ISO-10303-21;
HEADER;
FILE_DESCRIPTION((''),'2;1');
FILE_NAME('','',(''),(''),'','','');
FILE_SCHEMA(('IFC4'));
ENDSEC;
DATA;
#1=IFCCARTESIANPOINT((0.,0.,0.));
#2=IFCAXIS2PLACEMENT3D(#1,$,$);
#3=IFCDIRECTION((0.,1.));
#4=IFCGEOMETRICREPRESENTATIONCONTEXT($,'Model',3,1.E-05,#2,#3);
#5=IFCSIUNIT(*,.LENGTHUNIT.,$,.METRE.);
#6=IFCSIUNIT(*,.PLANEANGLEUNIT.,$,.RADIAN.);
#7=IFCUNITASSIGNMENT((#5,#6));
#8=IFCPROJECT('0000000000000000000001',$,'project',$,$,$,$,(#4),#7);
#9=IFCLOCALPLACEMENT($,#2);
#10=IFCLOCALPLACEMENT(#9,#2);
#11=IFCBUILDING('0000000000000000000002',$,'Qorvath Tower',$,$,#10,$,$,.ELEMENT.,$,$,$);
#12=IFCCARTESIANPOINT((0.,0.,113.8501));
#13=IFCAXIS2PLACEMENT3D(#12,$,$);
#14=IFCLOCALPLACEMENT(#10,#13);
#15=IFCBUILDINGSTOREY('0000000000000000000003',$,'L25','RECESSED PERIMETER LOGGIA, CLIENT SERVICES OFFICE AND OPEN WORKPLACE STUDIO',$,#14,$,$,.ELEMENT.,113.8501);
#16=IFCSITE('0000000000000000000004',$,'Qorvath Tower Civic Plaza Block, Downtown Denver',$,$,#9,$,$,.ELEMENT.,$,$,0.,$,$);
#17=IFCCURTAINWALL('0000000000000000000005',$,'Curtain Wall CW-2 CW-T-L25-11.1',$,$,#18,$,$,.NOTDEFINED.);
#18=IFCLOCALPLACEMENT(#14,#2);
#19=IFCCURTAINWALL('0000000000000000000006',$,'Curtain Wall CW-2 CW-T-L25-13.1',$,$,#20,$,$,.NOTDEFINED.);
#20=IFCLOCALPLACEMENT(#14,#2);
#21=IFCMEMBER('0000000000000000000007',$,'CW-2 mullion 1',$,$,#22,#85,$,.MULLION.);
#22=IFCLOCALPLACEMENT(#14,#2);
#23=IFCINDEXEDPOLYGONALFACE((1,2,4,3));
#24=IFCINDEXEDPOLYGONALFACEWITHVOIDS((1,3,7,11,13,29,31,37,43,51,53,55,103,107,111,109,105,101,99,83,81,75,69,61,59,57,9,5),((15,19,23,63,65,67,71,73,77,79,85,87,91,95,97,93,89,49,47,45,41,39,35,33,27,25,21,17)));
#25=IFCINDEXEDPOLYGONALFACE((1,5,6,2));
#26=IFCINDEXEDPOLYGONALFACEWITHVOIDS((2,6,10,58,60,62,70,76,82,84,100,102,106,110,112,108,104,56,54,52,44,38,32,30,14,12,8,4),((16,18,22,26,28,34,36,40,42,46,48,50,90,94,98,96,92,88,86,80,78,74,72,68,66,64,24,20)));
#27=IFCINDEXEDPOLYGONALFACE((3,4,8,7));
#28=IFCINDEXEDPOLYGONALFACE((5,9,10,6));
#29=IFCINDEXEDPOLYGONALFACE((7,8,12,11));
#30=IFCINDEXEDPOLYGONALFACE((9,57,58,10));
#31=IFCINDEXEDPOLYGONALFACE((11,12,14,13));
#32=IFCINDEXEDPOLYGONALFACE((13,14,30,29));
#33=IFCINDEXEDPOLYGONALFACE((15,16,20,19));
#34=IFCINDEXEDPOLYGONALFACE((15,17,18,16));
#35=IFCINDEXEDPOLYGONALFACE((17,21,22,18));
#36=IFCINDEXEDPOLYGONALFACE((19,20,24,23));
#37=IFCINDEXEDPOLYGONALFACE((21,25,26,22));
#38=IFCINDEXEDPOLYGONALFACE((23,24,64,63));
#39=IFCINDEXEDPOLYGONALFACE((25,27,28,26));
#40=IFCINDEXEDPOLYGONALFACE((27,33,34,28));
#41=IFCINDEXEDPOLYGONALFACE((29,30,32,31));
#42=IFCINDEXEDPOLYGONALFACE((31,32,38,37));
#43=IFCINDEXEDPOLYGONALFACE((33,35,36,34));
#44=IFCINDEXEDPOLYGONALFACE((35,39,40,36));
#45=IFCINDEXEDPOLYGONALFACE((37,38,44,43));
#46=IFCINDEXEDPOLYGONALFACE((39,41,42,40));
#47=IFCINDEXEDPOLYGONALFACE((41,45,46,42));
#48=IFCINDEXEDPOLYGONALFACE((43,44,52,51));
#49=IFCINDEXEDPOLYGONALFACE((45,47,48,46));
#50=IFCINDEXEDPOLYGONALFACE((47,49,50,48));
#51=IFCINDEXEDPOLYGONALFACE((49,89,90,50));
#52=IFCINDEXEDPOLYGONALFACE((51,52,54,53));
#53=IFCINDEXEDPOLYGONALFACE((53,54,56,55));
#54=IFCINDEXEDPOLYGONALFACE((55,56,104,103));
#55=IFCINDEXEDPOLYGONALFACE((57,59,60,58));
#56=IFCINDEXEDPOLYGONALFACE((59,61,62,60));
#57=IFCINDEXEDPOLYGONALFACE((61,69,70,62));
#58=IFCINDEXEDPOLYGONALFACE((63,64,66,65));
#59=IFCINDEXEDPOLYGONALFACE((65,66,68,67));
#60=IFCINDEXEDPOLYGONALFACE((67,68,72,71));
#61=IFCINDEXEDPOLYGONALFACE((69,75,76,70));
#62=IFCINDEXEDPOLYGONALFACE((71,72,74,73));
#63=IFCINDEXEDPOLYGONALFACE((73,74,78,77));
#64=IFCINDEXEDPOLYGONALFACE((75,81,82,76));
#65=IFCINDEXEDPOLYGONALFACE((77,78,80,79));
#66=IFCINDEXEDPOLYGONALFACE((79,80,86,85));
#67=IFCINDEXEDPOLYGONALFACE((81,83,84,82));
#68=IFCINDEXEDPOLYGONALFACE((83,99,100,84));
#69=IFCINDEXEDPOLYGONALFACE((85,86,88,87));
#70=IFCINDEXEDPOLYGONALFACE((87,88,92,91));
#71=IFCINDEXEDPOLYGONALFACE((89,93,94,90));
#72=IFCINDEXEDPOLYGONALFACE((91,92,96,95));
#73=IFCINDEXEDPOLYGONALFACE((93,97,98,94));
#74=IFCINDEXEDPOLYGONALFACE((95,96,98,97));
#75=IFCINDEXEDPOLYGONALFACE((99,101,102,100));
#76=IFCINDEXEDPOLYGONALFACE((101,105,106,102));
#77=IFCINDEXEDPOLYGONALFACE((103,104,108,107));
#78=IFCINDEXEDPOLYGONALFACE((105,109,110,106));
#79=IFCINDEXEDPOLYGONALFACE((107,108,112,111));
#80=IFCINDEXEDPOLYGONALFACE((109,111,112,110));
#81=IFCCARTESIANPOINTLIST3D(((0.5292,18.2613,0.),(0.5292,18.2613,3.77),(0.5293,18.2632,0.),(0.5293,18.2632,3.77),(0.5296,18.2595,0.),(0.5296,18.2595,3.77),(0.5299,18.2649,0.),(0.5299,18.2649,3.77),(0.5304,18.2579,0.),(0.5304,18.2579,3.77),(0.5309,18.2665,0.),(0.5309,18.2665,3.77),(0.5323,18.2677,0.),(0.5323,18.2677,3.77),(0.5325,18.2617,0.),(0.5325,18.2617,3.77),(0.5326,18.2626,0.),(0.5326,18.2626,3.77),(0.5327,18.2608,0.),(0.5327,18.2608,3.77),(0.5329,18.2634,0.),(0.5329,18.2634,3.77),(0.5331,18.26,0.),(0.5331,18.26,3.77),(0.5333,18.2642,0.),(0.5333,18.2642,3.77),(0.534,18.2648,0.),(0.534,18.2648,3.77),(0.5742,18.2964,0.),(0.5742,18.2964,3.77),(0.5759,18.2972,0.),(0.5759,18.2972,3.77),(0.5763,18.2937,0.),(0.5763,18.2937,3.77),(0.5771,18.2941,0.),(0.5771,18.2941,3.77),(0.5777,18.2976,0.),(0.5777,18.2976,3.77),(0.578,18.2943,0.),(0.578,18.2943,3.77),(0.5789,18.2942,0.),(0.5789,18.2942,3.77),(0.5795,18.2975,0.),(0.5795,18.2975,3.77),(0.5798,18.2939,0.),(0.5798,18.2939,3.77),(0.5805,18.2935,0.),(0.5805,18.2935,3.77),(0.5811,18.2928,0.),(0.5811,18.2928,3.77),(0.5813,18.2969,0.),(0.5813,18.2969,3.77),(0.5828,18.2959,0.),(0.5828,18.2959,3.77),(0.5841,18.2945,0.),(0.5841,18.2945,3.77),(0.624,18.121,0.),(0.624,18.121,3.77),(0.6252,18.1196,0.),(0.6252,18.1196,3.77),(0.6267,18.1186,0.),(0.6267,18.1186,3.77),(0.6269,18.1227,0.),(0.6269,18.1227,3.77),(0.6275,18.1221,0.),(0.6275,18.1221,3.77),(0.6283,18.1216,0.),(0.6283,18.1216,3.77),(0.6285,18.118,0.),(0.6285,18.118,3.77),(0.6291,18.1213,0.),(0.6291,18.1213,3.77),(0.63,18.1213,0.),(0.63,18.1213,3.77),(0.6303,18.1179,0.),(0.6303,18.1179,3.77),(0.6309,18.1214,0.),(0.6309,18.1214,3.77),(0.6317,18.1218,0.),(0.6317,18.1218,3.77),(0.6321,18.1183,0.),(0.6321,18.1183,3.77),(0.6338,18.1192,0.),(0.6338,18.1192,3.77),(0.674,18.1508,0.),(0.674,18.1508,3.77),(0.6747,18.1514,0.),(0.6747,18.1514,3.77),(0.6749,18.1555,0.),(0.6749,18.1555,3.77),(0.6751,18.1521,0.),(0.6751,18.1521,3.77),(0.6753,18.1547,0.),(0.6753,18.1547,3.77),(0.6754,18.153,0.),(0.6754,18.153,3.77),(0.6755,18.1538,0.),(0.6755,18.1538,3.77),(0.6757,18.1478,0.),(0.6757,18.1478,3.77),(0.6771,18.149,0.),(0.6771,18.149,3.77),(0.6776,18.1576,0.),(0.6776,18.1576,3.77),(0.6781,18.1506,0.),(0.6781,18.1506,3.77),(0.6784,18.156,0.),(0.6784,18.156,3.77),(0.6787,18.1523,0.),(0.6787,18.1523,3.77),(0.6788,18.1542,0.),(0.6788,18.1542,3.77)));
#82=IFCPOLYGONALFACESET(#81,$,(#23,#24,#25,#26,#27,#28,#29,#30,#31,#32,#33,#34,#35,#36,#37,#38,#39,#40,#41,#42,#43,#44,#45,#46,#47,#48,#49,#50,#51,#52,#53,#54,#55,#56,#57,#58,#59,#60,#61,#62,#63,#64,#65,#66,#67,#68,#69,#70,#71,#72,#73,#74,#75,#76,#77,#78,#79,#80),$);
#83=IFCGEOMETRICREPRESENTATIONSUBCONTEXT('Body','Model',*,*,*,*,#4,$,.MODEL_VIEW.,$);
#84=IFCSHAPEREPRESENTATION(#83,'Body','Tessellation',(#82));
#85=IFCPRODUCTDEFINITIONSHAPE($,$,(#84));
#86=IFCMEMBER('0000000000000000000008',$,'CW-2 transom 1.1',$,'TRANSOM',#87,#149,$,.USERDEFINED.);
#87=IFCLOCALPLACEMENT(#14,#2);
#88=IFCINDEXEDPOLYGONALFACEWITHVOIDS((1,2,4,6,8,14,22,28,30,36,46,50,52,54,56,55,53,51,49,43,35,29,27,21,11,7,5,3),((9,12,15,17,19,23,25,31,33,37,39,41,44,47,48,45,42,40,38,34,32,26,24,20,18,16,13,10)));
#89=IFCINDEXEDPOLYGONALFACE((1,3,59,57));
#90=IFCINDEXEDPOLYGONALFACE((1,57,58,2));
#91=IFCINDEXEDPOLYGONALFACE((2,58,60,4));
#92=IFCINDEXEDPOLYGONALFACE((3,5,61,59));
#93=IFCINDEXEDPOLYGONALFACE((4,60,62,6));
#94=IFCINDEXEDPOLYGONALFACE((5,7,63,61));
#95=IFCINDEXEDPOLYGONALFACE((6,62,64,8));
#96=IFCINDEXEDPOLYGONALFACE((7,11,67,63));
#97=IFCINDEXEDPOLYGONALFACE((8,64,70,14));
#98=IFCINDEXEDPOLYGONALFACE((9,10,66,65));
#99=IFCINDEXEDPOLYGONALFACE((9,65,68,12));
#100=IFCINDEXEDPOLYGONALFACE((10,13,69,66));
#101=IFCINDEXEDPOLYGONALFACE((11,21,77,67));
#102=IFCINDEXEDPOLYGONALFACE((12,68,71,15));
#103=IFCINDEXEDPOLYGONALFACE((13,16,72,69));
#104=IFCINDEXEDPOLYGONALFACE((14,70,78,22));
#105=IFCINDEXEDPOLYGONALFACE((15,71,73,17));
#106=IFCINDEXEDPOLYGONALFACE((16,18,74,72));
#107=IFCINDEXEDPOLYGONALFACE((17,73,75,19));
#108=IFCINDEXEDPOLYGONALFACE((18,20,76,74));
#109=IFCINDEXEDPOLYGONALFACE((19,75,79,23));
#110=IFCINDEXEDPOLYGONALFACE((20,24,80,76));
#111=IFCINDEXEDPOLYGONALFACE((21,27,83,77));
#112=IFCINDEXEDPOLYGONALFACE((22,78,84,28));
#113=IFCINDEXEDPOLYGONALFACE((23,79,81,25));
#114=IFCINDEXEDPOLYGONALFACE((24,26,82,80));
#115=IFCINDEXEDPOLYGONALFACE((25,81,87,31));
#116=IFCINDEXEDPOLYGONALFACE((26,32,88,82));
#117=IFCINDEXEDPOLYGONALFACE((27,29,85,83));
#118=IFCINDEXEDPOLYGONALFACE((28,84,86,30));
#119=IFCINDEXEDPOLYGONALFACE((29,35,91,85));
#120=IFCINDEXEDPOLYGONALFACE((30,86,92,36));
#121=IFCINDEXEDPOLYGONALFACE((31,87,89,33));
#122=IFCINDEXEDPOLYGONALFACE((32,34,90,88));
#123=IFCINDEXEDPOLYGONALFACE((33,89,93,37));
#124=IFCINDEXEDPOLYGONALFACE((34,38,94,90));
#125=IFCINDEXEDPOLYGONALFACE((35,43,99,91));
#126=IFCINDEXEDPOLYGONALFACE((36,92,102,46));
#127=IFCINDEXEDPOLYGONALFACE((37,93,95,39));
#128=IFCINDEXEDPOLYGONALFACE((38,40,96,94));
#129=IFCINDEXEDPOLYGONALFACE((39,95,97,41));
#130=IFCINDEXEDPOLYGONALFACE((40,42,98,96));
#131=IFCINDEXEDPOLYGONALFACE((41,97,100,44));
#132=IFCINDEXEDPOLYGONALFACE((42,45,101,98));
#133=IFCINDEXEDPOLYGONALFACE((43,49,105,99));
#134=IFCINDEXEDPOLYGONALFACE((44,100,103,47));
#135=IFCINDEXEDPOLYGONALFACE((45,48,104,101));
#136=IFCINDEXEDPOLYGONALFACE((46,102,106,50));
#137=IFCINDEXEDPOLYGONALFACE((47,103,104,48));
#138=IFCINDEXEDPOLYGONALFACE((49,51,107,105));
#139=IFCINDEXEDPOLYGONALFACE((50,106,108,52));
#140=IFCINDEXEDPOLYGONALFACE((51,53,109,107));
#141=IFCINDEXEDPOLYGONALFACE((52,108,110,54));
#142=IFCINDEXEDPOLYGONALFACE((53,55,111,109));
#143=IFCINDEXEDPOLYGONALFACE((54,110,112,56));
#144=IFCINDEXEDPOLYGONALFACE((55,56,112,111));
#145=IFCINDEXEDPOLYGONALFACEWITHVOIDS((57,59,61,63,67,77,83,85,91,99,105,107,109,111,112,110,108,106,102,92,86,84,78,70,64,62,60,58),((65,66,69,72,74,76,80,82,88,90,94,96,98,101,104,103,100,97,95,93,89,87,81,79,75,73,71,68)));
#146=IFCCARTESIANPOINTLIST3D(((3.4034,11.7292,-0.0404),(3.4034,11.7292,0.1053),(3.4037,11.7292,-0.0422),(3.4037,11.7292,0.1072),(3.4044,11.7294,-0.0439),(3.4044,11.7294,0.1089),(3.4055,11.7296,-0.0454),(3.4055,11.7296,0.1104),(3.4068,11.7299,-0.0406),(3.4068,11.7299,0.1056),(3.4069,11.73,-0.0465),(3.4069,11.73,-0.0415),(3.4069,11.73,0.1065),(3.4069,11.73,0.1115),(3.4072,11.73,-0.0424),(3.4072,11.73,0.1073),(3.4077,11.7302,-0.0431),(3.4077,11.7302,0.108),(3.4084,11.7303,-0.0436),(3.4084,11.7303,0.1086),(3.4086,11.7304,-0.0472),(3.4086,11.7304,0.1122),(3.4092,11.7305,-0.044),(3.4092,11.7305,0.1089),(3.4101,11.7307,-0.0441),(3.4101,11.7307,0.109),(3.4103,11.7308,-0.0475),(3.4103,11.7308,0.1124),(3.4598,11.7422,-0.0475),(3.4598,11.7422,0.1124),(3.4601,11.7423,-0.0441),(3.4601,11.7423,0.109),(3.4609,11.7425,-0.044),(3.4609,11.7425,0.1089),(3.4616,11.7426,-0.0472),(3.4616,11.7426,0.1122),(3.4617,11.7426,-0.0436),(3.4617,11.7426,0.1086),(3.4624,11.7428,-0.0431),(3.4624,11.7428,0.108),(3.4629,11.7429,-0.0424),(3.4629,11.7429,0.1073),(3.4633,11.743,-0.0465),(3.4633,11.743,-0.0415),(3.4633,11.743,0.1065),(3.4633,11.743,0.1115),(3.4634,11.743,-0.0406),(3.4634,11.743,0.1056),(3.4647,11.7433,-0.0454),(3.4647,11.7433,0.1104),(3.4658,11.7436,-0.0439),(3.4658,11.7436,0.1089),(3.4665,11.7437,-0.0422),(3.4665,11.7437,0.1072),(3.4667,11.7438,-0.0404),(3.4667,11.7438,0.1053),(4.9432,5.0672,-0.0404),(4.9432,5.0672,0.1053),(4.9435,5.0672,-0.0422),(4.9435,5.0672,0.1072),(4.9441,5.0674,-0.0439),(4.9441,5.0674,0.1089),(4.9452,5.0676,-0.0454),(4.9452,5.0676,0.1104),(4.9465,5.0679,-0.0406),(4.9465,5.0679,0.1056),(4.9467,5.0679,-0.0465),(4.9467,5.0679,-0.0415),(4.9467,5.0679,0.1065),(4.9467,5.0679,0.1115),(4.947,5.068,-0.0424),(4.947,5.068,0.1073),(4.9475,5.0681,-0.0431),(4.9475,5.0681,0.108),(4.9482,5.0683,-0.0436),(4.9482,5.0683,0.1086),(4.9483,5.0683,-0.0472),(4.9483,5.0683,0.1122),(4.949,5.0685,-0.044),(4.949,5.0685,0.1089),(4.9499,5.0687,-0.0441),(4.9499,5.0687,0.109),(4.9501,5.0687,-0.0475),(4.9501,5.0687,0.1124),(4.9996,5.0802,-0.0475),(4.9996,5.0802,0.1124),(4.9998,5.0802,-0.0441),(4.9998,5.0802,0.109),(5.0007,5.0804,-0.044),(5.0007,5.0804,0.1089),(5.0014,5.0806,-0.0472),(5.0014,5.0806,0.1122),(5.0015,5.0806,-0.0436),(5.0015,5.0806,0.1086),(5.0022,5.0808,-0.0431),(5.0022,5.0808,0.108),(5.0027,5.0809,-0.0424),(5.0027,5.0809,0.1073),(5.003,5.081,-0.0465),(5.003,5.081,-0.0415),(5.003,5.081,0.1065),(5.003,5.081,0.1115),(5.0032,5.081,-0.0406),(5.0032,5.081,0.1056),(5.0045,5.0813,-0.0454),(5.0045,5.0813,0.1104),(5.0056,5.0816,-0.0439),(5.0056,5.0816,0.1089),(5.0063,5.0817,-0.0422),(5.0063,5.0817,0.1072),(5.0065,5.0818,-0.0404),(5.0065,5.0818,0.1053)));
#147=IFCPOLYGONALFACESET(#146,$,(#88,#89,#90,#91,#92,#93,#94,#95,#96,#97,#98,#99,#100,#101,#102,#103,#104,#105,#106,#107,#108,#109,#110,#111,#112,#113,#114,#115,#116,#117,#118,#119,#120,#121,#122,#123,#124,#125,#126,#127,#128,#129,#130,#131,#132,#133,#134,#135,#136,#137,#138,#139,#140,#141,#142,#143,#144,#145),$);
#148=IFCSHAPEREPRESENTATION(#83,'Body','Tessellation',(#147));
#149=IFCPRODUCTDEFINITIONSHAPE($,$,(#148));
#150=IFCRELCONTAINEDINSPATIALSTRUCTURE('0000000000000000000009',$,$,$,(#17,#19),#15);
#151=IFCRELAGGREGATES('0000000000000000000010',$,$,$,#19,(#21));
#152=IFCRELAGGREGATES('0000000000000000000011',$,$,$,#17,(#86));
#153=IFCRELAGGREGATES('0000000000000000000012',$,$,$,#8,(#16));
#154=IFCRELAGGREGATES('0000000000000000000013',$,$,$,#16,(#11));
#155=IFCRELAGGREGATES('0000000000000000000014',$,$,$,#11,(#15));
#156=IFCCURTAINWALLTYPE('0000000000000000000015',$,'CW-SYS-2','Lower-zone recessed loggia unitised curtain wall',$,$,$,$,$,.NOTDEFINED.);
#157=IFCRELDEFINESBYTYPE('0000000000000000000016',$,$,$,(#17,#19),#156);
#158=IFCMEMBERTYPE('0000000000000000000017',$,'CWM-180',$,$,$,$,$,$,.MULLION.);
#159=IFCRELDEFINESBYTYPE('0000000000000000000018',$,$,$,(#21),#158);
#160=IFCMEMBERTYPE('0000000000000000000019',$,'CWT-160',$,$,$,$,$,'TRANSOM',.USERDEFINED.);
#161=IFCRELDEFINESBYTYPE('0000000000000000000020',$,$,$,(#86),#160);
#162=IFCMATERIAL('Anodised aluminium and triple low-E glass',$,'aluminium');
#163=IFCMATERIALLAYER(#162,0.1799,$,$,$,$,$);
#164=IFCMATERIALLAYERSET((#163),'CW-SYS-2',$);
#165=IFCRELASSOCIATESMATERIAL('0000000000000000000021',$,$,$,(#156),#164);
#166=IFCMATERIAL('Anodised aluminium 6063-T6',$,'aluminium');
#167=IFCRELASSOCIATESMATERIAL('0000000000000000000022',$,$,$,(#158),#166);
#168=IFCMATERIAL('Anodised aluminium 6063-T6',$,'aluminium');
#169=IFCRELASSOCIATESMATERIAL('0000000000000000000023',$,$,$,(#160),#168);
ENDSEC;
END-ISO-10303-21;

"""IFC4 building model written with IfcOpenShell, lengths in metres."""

from ifc_helpers import new_model, si_unit, direction, frame, origin, origin_2d, place, context, subcontext, project, spatial, hollow_rectangle, extrude, material, layer, layer_set, material_profile, profile_set, type_object, element, aggregate, save


model = new_model("IFC4")

# Units and contexts
model_context = context("Model", 3, precision=1e-05, world=origin(), true_north=direction((0.0, 1.0)))
body_context = subcontext(model_context, "Body", "Model", "MODEL_VIEW")
ifc_project = project(units=[si_unit("LENGTHUNIT", "METRE"), si_unit("PLANEANGLEUNIT", "RADIAN")], contexts=[model_context])

# Site, building, storey
site_placement = place(None, origin())
site = spatial("IfcSite", under=ifc_project, at=site_placement, Name="Qorvath Tower Civic Plaza Block, Downtown Denver", CompositionType="ELEMENT", RefElevation=0.0)
building_placement = place(site_placement, origin())
building = spatial("IfcBuilding", under=site, at=building_placement, Name="Qorvath Tower", CompositionType="ELEMENT")
storey_placement = place(building_placement, frame((0.0, 0.0, 113.8501)))
storey = spatial("IfcBuildingStorey", under=building, at=storey_placement, Name="L25", Description="RECESSED PERIMETER LOGGIA, CLIENT SERVICES OFFICE AND OPEN WORKPLACE STUDIO", CompositionType="ELEMENT", Elevation=113.8501)

# Curtain wall
ifc_material_1 = material(Name="Anodised aluminium and triple low-E glass", Category="aluminium")
ifc_layer_1 = layer(ifc_material_1, 0.1799)
ifc_layer_set_1 = layer_set([ifc_layer_1], Name="CW-SYS-2")
curtain_wall_type = type_object("IfcCurtainWallType", Name="CW-SYS-2", Description="Lower-zone recessed loggia unitised curtain wall", PredefinedType="NOTDEFINED", material=ifc_layer_set_1)
curtain_wall_1_placement = place(storey_placement, origin())
curtain_wall_1 = element("IfcCurtainWall", 1, at=curtain_wall_1_placement, inside=storey, type_object=curtain_wall_type, Name="Curtain Wall CW-2 CW-T-L25-11.1", PredefinedType="NOTDEFINED")
ifc_material_2 = material(Name="Anodised aluminium 6063-T6", Category="aluminium")
ifc_material_profile_1 = material_profile(ifc_material_2, hollow_rectangle(XDim=0.0649, YDim=0.1799, WallThickness=0.0034, InnerFilletRadius=0.0034, OuterFilletRadius=0.0071, at=origin_2d()), Name="CWM 180x65")
ifc_profile_set_1 = profile_set([ifc_material_profile_1], Name="Anodised aluminium 6063-T6")
member_type_1 = type_object("IfcMemberType", Name="CWM-180", PredefinedType="MULLION", material=ifc_profile_set_1)

# Curtain wall, member
curtain_wall_2_placement = place(storey_placement, origin())
curtain_wall_2 = element("IfcCurtainWall", 2, at=curtain_wall_2_placement, inside=storey, type_object=curtain_wall_type, Name="Curtain Wall CW-2 CW-T-L25-13.1", PredefinedType="NOTDEFINED")
member_1_placement = place(storey_placement, frame((0.604, 18.2078, 0.0), z_axis=(0.0, 0.0, 1.0), x_axis=(-0.825695, -0.564117, 0.0)))
member_1 = element("IfcMember", 3, at=member_1_placement, type_object=member_type_1, Name="CW-2 mullion 1", PredefinedType="MULLION", context=body_context, shape_type="SweptSolid", body=[
    extrude(hollow_rectangle(XDim=0.0649, YDim=0.1799, WallThickness=0.0034, InnerFilletRadius=0.0034, OuterFilletRadius=0.0071, at=origin_2d()), origin(), (0.0, 0.0, 1.0), 3.77),
])

# Member
ifc_material_3 = material(Name="Anodised aluminium 6063-T6", Category="aluminium")
ifc_material_profile_2 = material_profile(ifc_material_3, hollow_rectangle(XDim=0.0649, YDim=0.1599, WallThickness=0.0034, InnerFilletRadius=0.0034, OuterFilletRadius=0.0071, at=origin_2d()), Name="CWT 160x65")
ifc_profile_set_2 = profile_set([ifc_material_profile_2], Name="Anodised aluminium 6063-T6")
member_type_2 = type_object("IfcMemberType", Name="CWT-160", ElementType="TRANSOM", PredefinedType="USERDEFINED", material=ifc_profile_set_2)
member_2_placement = place(storey_placement, frame((4.9749, 5.0745, 0.0325), z_axis=(-0.225191, 0.974315, 0.0), x_axis=(-0.974315, -0.225191, 0.0)))
member_2 = element("IfcMember", 4, at=member_2_placement, type_object=member_type_2, Name="CW-2 transom 1.1", ObjectType="TRANSOM", PredefinedType="USERDEFINED", context=body_context, shape_type="SweptSolid", body=[
    extrude(hollow_rectangle(XDim=0.0649, YDim=0.1599, WallThickness=0.0034, InnerFilletRadius=0.0034, OuterFilletRadius=0.0071, at=origin_2d()), origin(), (0.0, 0.0, 1.0), 6.8376),
])
aggregate(curtain_wall_2, [member_1])

aggregate(curtain_wall_1, [member_2])

save(model, "model.ifc")
